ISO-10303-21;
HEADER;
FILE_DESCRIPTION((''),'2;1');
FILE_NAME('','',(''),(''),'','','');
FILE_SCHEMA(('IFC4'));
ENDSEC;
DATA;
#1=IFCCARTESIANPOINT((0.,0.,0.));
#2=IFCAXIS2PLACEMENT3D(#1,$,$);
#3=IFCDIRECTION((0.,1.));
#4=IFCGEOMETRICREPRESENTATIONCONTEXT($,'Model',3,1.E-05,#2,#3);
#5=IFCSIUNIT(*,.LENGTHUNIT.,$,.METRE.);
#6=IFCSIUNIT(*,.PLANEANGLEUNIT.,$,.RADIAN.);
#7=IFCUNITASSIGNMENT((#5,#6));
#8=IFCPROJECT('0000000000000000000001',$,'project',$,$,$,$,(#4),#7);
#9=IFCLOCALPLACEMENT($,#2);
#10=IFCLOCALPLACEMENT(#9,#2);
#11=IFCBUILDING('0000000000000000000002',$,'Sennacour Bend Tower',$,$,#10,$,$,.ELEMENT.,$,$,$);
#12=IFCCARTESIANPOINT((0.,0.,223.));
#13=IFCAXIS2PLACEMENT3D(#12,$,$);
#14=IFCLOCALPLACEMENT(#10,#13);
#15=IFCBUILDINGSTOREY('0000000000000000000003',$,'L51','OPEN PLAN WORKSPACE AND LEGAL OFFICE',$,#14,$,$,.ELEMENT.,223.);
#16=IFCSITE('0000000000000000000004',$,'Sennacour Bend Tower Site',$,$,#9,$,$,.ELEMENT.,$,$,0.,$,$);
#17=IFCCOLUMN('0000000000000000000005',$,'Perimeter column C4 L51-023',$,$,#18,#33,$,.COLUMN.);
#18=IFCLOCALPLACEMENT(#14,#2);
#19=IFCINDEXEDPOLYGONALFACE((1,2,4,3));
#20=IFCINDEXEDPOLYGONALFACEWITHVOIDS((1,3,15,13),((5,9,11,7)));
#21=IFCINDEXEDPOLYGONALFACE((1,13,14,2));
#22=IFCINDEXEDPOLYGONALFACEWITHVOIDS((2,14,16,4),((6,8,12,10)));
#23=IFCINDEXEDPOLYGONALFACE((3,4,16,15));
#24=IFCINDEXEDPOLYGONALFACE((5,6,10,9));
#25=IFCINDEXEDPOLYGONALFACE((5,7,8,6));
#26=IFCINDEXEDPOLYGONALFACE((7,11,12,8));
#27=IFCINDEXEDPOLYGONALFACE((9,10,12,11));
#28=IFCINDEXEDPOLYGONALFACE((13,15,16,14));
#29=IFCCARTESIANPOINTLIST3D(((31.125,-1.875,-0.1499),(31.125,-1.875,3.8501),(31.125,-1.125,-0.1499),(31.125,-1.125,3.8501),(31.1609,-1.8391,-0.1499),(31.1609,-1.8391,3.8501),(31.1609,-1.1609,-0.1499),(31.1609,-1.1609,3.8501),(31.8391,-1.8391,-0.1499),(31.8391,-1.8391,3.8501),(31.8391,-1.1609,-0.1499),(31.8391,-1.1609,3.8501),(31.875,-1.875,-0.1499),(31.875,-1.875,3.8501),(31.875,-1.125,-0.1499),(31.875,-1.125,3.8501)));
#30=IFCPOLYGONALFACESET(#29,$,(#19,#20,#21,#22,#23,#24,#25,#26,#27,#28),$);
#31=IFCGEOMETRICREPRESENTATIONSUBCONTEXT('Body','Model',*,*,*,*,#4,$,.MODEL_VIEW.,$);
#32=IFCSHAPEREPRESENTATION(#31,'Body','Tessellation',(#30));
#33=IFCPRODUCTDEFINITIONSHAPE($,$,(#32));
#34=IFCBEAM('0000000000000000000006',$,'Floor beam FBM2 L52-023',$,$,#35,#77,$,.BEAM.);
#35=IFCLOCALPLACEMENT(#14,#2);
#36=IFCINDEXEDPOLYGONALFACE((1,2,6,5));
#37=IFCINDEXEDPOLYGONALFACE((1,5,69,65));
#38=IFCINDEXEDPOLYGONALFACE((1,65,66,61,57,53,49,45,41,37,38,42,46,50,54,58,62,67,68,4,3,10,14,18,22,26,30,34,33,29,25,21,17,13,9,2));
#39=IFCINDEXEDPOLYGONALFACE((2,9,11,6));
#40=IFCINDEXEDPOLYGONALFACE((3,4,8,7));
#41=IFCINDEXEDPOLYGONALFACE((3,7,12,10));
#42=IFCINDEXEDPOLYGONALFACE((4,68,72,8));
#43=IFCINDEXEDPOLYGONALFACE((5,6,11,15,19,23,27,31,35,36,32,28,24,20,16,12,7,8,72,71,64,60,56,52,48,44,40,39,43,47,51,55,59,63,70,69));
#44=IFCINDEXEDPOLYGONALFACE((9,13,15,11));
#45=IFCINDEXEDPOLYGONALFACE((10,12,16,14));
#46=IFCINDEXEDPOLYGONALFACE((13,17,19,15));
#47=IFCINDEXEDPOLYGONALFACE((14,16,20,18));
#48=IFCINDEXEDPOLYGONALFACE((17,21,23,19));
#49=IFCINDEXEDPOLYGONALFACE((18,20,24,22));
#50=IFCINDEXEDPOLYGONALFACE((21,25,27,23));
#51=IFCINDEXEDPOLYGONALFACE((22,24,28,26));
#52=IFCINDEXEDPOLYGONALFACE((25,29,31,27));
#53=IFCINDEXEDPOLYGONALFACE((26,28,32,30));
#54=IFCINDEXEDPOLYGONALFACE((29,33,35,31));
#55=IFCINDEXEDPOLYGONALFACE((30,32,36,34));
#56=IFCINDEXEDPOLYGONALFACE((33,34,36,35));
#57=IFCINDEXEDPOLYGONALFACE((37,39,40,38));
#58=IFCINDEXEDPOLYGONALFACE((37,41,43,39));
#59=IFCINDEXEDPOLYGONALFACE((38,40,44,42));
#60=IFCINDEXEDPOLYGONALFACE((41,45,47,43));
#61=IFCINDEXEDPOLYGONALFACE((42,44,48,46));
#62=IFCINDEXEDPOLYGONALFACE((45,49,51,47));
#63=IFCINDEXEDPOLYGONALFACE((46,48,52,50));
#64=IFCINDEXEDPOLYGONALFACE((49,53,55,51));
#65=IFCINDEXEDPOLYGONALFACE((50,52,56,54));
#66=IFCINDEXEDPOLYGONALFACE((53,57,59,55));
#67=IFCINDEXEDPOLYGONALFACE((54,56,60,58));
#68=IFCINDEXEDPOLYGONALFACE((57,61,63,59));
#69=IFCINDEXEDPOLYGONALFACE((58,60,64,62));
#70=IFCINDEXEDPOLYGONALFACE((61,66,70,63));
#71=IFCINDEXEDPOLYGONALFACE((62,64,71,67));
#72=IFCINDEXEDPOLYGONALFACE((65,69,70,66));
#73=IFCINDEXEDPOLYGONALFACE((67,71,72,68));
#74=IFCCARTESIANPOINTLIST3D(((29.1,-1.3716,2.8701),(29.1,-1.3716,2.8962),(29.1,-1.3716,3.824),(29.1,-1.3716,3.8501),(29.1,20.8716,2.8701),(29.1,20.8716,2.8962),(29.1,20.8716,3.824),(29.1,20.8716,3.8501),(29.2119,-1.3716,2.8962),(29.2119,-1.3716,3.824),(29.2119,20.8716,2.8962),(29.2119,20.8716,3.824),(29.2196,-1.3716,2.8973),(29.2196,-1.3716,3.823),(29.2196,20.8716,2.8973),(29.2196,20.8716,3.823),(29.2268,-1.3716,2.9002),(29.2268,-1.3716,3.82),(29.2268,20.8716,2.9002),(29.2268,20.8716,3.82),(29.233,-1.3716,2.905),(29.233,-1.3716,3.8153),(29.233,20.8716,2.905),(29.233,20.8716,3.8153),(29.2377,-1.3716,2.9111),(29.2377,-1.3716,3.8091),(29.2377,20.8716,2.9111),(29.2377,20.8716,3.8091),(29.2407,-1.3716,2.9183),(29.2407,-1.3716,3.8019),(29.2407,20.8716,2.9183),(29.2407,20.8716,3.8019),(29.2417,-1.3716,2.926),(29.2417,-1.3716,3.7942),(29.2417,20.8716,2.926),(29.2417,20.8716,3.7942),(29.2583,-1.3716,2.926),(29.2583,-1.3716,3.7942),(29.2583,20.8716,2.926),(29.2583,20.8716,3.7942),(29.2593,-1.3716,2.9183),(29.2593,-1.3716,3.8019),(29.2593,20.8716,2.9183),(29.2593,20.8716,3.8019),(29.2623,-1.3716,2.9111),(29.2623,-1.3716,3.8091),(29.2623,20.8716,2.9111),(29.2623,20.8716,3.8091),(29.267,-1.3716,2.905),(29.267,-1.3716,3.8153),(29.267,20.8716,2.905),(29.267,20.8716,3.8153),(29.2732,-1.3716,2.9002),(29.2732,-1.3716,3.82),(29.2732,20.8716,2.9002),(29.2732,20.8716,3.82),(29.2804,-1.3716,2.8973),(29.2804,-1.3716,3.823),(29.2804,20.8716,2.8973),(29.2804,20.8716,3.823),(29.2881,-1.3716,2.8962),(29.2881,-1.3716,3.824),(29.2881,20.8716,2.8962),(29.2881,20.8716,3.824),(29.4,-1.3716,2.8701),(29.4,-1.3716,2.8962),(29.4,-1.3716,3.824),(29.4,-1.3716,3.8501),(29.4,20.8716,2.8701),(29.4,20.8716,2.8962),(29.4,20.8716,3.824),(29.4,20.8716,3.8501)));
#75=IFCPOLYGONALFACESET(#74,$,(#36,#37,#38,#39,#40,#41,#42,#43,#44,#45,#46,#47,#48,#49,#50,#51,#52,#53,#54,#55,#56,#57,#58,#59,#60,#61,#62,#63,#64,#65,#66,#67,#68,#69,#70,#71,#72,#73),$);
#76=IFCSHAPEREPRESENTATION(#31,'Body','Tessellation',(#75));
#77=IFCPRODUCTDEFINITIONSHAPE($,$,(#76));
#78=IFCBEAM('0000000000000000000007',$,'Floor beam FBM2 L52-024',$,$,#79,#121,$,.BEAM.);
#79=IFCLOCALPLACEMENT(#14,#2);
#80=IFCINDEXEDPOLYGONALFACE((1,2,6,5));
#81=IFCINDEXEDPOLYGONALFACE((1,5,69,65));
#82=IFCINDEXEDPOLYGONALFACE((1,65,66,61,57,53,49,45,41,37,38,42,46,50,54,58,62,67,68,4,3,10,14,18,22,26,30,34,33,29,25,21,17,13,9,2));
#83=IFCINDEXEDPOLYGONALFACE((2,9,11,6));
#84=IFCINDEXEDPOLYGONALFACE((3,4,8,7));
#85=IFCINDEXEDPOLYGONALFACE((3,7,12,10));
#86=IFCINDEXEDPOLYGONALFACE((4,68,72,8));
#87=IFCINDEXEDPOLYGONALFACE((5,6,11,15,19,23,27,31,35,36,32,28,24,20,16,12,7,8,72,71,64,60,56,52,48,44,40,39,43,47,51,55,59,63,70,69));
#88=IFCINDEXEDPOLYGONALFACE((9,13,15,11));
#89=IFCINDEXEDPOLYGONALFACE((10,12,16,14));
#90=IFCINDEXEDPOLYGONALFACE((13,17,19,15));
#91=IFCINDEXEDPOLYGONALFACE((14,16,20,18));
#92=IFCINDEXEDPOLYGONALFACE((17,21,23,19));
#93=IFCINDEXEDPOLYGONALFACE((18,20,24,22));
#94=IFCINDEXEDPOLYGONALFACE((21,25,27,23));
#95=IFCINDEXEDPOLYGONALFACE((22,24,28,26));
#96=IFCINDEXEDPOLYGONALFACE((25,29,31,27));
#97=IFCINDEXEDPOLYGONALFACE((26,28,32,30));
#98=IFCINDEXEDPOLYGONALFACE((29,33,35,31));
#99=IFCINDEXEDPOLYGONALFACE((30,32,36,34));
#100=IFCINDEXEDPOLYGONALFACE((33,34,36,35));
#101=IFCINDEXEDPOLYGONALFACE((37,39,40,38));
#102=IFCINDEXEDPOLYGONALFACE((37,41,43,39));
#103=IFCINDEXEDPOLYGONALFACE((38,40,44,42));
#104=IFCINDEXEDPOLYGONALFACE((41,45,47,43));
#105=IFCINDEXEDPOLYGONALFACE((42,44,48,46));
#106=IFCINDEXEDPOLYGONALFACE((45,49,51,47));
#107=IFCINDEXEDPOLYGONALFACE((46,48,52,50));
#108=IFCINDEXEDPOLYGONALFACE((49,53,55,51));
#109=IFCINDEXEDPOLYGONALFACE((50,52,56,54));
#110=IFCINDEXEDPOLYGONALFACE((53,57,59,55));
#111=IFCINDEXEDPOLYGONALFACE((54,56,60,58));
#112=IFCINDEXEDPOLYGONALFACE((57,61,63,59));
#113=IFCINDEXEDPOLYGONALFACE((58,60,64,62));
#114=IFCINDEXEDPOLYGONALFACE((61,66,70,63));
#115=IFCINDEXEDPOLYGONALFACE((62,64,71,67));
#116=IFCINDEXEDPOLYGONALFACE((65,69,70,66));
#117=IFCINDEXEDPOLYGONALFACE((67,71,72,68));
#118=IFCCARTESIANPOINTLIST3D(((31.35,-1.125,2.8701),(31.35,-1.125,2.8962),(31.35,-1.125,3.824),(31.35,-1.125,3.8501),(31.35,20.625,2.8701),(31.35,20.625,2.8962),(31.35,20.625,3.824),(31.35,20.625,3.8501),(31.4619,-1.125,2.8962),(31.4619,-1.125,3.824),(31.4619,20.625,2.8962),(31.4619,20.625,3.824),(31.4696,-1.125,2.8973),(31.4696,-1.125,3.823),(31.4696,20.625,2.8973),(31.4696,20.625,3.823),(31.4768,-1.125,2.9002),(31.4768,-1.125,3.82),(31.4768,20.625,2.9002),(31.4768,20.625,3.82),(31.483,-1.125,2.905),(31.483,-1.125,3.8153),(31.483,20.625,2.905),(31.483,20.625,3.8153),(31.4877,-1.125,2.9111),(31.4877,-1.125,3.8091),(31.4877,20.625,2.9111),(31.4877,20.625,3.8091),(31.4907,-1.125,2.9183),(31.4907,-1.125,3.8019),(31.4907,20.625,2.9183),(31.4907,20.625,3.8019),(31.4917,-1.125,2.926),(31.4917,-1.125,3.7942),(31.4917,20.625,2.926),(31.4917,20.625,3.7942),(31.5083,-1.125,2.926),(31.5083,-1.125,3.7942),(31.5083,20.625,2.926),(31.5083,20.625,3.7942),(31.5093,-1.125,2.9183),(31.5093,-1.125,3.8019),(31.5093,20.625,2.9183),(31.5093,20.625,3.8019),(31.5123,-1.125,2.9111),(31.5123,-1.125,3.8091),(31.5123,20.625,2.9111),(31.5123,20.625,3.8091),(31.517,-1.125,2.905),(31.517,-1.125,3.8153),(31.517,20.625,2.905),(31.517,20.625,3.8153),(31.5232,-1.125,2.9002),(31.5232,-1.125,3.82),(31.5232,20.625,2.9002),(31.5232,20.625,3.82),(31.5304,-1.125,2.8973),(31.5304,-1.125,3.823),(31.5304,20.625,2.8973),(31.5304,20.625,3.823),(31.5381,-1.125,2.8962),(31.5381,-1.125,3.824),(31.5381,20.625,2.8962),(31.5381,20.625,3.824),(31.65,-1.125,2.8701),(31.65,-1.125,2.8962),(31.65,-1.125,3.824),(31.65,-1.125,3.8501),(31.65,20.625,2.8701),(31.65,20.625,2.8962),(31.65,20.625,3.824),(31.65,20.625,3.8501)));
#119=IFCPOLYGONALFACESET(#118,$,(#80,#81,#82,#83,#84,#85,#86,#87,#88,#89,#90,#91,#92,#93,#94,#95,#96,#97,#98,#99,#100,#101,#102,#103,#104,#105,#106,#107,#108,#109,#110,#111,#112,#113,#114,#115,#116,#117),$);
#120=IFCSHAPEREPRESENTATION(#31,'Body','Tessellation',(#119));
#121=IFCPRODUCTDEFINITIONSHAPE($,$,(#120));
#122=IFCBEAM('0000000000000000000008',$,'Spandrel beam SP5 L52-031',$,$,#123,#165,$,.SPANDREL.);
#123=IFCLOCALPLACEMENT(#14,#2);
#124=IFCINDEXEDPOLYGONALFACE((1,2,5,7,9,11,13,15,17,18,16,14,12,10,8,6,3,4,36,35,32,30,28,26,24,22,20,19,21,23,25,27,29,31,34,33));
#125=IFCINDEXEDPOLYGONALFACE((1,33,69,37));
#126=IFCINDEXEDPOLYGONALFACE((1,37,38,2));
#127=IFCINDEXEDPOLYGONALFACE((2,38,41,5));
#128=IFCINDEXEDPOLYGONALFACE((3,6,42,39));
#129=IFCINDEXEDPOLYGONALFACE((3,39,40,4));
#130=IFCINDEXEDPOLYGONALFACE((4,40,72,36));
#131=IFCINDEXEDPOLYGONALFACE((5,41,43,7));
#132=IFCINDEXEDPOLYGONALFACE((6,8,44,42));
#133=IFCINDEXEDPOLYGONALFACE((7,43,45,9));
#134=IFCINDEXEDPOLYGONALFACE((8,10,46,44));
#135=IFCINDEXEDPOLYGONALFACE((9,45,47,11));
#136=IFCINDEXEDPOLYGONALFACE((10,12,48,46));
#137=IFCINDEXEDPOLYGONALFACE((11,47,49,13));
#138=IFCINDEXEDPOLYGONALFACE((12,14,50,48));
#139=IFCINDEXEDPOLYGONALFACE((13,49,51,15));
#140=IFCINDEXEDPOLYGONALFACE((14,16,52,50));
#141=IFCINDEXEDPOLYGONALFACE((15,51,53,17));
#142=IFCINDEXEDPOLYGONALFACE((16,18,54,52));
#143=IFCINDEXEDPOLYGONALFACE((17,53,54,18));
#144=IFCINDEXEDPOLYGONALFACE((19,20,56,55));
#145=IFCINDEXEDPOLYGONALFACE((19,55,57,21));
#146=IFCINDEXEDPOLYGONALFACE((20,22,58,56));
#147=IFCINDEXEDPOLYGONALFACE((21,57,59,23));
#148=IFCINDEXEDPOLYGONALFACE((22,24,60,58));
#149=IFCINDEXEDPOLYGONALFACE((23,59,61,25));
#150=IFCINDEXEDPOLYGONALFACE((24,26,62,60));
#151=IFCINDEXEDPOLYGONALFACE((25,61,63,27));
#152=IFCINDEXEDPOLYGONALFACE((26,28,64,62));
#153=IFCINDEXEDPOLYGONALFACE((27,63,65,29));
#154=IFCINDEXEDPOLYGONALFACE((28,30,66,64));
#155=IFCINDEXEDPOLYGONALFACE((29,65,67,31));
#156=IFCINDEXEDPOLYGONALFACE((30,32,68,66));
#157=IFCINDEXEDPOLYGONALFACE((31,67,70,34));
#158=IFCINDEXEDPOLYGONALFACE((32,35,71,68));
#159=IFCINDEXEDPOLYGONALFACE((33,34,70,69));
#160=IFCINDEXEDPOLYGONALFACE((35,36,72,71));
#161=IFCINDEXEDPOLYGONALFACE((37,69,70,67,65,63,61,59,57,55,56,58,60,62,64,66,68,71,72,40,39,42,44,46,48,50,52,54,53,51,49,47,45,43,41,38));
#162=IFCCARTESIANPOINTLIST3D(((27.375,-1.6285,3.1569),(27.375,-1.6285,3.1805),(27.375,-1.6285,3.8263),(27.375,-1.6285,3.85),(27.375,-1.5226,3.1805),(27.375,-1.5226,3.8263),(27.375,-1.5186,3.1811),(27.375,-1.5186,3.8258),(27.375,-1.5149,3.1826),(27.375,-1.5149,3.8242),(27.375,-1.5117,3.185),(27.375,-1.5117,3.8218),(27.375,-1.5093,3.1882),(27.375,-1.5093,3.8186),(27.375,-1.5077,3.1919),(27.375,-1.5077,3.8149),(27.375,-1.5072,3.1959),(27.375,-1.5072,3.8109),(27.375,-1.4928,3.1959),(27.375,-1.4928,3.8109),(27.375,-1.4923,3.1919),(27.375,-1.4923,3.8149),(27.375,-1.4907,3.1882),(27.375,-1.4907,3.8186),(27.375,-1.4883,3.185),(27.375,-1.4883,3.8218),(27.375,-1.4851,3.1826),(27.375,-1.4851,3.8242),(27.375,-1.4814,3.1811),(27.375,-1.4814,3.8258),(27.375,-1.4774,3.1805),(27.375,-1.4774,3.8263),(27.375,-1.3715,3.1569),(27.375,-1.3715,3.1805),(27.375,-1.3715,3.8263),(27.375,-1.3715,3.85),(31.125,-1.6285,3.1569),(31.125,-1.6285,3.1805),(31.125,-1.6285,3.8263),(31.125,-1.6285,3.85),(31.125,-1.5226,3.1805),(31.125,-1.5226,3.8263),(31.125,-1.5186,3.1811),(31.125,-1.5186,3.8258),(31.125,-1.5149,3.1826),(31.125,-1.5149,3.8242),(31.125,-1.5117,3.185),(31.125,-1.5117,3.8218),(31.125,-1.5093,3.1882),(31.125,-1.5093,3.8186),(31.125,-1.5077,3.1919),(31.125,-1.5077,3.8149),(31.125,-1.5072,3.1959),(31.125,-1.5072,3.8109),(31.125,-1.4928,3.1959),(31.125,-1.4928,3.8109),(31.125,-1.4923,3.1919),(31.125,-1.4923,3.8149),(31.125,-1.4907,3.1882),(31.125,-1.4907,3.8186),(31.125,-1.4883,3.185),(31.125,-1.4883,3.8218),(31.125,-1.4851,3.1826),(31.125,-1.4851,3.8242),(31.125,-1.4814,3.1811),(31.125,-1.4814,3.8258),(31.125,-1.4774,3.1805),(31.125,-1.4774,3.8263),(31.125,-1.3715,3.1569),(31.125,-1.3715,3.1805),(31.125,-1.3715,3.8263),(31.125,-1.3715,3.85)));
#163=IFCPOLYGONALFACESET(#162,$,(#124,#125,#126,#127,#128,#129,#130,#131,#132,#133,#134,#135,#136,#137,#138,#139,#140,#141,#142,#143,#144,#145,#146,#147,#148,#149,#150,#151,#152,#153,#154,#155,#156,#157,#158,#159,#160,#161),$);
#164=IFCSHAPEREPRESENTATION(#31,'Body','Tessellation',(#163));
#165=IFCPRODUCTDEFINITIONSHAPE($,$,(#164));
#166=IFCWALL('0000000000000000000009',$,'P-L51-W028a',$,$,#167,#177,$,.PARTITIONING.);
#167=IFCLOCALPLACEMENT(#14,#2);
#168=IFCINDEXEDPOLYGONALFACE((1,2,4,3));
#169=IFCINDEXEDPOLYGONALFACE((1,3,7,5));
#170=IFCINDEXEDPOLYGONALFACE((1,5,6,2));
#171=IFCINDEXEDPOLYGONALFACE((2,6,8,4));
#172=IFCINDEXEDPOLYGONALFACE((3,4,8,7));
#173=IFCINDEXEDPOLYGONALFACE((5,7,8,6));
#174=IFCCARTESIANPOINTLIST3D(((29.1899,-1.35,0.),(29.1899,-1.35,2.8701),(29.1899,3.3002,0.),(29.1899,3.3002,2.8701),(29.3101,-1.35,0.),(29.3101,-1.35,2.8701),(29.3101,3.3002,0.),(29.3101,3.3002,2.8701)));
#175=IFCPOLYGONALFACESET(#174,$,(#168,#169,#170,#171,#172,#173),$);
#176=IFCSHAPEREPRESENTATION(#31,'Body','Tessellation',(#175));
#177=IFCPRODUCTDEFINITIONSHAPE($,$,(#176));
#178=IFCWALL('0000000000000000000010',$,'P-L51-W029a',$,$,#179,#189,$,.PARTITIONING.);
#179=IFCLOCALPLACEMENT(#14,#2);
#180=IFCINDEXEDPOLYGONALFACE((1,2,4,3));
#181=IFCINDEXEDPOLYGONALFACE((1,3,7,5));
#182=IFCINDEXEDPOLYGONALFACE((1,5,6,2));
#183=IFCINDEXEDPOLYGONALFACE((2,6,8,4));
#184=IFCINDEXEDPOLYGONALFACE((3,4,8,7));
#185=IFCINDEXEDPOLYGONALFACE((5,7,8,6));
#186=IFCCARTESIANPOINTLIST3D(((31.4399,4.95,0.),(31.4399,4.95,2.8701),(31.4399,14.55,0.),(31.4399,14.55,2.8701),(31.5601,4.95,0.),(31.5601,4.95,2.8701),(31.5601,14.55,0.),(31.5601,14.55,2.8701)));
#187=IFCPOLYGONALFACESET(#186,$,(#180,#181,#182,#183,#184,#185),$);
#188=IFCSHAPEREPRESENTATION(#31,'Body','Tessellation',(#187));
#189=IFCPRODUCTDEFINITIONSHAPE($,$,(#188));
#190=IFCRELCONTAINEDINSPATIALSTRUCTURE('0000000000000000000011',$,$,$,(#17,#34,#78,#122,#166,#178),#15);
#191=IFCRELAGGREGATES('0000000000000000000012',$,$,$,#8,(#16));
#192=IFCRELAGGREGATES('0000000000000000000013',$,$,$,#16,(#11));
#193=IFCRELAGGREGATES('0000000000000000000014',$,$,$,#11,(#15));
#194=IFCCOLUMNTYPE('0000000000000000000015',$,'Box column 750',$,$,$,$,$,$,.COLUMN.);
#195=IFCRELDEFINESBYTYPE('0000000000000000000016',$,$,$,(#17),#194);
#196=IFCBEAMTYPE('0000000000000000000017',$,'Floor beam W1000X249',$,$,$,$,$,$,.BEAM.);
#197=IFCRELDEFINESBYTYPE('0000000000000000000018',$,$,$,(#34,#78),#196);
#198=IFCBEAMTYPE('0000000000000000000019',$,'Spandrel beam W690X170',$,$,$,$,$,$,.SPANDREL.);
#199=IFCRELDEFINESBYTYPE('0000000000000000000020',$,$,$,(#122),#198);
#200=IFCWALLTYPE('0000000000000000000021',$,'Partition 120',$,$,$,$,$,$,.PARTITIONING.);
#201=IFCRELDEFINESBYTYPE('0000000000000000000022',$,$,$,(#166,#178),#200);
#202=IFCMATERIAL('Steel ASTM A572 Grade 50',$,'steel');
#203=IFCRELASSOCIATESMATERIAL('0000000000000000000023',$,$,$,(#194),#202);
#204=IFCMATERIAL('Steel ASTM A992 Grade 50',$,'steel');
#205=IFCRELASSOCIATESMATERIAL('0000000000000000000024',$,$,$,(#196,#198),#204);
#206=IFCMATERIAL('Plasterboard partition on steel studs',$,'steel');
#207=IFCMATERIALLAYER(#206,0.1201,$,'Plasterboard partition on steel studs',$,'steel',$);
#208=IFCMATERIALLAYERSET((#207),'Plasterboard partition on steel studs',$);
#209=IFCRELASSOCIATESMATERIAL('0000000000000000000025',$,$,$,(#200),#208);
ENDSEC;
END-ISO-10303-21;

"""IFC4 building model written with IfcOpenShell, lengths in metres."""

from ifc_helpers import new_model, si_unit, direction, frame, frame_2d, origin, origin_2d, place, context, subcontext, project, spatial, rectangle, hollow_rectangle, i_section, extrude, material, layer, layer_set, material_profile, profile_set, type_object, element, save


model = new_model("IFC4")

# Units and contexts
model_context = context("Model", 3, precision=1e-05, world=origin(), true_north=direction((0.0, 1.0)))
body_context = subcontext(model_context, "Body", "Model", "MODEL_VIEW")
ifc_project = project(units=[si_unit("LENGTHUNIT", "METRE"), si_unit("PLANEANGLEUNIT", "RADIAN")], contexts=[model_context])

# Site, building, storey
site_placement = place(None, origin())
site = spatial("IfcSite", under=ifc_project, at=site_placement, Name="Sennacour Bend Tower Site", CompositionType="ELEMENT", RefElevation=0.0)
building_placement = place(site_placement, origin())
building = spatial("IfcBuilding", under=site, at=building_placement, Name="Sennacour Bend Tower", CompositionType="ELEMENT")
storey_placement = place(building_placement, frame((0.0, 0.0, 223.0)))
storey = spatial("IfcBuildingStorey", under=building, at=storey_placement, Name="L51", Description="OPEN PLAN WORKSPACE AND LEGAL OFFICE", CompositionType="ELEMENT", Elevation=223.0)

# Column
ifc_material_1 = material(Name="Steel ASTM A572 Grade 50", Category="steel")
ifc_material_profile_1 = material_profile(ifc_material_1, hollow_rectangle(XDim=0.75, YDim=0.75, WallThickness=0.0359, at=origin_2d()), Name="Steel ASTM A572 Grade 50", Category="steel")
ifc_profile_set_1 = profile_set([ifc_material_profile_1], Name="Steel ASTM A572 Grade 50")
column_type = type_object("IfcColumnType", Name="Box column 750", PredefinedType="COLUMN", material=ifc_profile_set_1)
column_placement = place(storey_placement, frame((31.5, -1.5, -0.1499), z_axis=(0.0, 0.0, 1.0), x_axis=(1.0, 0.0, 0.0)))
element("IfcColumn", 1, at=column_placement, inside=storey, type_object=column_type, Name="Perimeter column C4 L51-023", PredefinedType="COLUMN", context=body_context, shape_type="SweptSolid", body=[
    extrude(hollow_rectangle(XDim=0.75, YDim=0.75, WallThickness=0.0359, at=origin_2d()), origin(), (0.0, 0.0, 1.0), 4.0),
])

# Beams
ifc_material_2 = material(Name="Steel ASTM A992 Grade 50", Category="steel")
ifc_material_profile_2 = material_profile(ifc_material_2, i_section(OverallWidth=0.3, OverallDepth=0.98, WebThickness=0.0166, FlangeThickness=0.0261, FilletRadius=0.0298, at=origin_2d()), Name="Steel ASTM A992 Grade 50", Category="steel")
ifc_profile_set_2 = profile_set([ifc_material_profile_2], Name="Steel ASTM A992 Grade 50")
beam_type_1 = type_object("IfcBeamType", Name="Floor beam W1000X249", PredefinedType="BEAM", material=ifc_profile_set_2)
beam_1_placement = place(storey_placement, frame((29.25, -1.3716, 3.3601), z_axis=(0.0, 1.0, 0.0), x_axis=(-1.0, 0.0, 0.0)))
element("IfcBeam", 2, at=beam_1_placement, inside=storey, type_object=beam_type_1, Name="Floor beam FBM2 L52-023", PredefinedType="BEAM", context=body_context, shape_type="SweptSolid", body=[
    extrude(i_section(OverallWidth=0.3, OverallDepth=0.98, WebThickness=0.0166, FlangeThickness=0.0261, FilletRadius=0.0298, at=origin_2d()), origin(), (0.0, 0.0, 1.0), 22.2432),
])
beam_2_placement = place(storey_placement, frame((31.5, -1.125, 3.3601), z_axis=(0.0, 1.0, 0.0), x_axis=(-1.0, 0.0, 0.0)))
element("IfcBeam", 3, at=beam_2_placement, inside=storey, type_object=beam_type_1, Name="Floor beam FBM2 L52-024", PredefinedType="BEAM", context=body_context, shape_type="SweptSolid", body=[
    extrude(i_section(OverallWidth=0.3, OverallDepth=0.98, WebThickness=0.0166, FlangeThickness=0.0261, FilletRadius=0.0298, at=origin_2d()), origin(), (0.0, 0.0, 1.0), 21.75),
])
ifc_material_profile_3 = material_profile(ifc_material_2, i_section(OverallWidth=0.2571, OverallDepth=0.6931, WebThickness=0.0144, FlangeThickness=0.0237, FilletRadius=0.0154, at=origin_2d()), Name="Steel ASTM A992 Grade 50", Category="steel")
ifc_profile_set_3 = profile_set([ifc_material_profile_3], Name="Steel ASTM A992 Grade 50")
beam_type_2 = type_object("IfcBeamType", Name="Spandrel beam W690X170", PredefinedType="SPANDREL", material=ifc_profile_set_3)
beam_3_placement = place(storey_placement, frame((31.125, -1.5, 3.5034), z_axis=(-1.0, 0.0, 0.0), x_axis=(0.0, -1.0, 0.0)))
element("IfcBeam", 4, at=beam_3_placement, inside=storey, type_object=beam_type_2, Name="Spandrel beam SP5 L52-031", PredefinedType="SPANDREL", context=body_context, shape_type="SweptSolid", body=[
    extrude(i_section(OverallWidth=0.2571, OverallDepth=0.6931, WebThickness=0.0144, FlangeThickness=0.0237, FilletRadius=0.0154, at=origin_2d()), origin(), (0.0, 0.0, 1.0), 3.75),
])

# Walls
ifc_material_3 = material(Name="Plasterboard partition on steel studs", Category="steel")
ifc_layer_1 = layer(ifc_material_3, 0.1201, Name="Plasterboard partition on steel studs", Category="steel")
ifc_layer_set_1 = layer_set([ifc_layer_1], Name="Plasterboard partition on steel studs")
wall_type_1 = type_object("IfcWallType", Name="Partition 120", PredefinedType="PARTITIONING", material=ifc_layer_set_1)
wall_1_placement = place(storey_placement, frame((29.25, -1.3501, 0.0), z_axis=(0.0, 0.0, 1.0), x_axis=(0.0, 1.0, 0.0)))
element("IfcWall", 5, at=wall_1_placement, inside=storey, type_object=wall_type_1, Name="P-L51-W028a", PredefinedType="PARTITIONING", context=body_context, shape_type="SweptSolid", body=[
    extrude(rectangle(XDim=4.6501, YDim=0.1201, at=frame_2d((2.3252, 0.0))), origin(), (0.0, 0.0, 1.0), 2.8701),
])
wall_2_placement = place(storey_placement, frame((31.5, 4.95, 0.0), z_axis=(0.0, 0.0, 1.0), x_axis=(0.0, 1.0, 0.0)))
element("IfcWall", 6, at=wall_2_placement, inside=storey, type_object=wall_type_1, Name="P-L51-W029a", PredefinedType="PARTITIONING", context=body_context, shape_type="SweptSolid", body=[
    extrude(rectangle(XDim=9.6001, YDim=0.1201, at=frame_2d((4.8, 0.0))), origin(), (0.0, 0.0, 1.0), 2.8701),
])

save(model, "model.ifc")
